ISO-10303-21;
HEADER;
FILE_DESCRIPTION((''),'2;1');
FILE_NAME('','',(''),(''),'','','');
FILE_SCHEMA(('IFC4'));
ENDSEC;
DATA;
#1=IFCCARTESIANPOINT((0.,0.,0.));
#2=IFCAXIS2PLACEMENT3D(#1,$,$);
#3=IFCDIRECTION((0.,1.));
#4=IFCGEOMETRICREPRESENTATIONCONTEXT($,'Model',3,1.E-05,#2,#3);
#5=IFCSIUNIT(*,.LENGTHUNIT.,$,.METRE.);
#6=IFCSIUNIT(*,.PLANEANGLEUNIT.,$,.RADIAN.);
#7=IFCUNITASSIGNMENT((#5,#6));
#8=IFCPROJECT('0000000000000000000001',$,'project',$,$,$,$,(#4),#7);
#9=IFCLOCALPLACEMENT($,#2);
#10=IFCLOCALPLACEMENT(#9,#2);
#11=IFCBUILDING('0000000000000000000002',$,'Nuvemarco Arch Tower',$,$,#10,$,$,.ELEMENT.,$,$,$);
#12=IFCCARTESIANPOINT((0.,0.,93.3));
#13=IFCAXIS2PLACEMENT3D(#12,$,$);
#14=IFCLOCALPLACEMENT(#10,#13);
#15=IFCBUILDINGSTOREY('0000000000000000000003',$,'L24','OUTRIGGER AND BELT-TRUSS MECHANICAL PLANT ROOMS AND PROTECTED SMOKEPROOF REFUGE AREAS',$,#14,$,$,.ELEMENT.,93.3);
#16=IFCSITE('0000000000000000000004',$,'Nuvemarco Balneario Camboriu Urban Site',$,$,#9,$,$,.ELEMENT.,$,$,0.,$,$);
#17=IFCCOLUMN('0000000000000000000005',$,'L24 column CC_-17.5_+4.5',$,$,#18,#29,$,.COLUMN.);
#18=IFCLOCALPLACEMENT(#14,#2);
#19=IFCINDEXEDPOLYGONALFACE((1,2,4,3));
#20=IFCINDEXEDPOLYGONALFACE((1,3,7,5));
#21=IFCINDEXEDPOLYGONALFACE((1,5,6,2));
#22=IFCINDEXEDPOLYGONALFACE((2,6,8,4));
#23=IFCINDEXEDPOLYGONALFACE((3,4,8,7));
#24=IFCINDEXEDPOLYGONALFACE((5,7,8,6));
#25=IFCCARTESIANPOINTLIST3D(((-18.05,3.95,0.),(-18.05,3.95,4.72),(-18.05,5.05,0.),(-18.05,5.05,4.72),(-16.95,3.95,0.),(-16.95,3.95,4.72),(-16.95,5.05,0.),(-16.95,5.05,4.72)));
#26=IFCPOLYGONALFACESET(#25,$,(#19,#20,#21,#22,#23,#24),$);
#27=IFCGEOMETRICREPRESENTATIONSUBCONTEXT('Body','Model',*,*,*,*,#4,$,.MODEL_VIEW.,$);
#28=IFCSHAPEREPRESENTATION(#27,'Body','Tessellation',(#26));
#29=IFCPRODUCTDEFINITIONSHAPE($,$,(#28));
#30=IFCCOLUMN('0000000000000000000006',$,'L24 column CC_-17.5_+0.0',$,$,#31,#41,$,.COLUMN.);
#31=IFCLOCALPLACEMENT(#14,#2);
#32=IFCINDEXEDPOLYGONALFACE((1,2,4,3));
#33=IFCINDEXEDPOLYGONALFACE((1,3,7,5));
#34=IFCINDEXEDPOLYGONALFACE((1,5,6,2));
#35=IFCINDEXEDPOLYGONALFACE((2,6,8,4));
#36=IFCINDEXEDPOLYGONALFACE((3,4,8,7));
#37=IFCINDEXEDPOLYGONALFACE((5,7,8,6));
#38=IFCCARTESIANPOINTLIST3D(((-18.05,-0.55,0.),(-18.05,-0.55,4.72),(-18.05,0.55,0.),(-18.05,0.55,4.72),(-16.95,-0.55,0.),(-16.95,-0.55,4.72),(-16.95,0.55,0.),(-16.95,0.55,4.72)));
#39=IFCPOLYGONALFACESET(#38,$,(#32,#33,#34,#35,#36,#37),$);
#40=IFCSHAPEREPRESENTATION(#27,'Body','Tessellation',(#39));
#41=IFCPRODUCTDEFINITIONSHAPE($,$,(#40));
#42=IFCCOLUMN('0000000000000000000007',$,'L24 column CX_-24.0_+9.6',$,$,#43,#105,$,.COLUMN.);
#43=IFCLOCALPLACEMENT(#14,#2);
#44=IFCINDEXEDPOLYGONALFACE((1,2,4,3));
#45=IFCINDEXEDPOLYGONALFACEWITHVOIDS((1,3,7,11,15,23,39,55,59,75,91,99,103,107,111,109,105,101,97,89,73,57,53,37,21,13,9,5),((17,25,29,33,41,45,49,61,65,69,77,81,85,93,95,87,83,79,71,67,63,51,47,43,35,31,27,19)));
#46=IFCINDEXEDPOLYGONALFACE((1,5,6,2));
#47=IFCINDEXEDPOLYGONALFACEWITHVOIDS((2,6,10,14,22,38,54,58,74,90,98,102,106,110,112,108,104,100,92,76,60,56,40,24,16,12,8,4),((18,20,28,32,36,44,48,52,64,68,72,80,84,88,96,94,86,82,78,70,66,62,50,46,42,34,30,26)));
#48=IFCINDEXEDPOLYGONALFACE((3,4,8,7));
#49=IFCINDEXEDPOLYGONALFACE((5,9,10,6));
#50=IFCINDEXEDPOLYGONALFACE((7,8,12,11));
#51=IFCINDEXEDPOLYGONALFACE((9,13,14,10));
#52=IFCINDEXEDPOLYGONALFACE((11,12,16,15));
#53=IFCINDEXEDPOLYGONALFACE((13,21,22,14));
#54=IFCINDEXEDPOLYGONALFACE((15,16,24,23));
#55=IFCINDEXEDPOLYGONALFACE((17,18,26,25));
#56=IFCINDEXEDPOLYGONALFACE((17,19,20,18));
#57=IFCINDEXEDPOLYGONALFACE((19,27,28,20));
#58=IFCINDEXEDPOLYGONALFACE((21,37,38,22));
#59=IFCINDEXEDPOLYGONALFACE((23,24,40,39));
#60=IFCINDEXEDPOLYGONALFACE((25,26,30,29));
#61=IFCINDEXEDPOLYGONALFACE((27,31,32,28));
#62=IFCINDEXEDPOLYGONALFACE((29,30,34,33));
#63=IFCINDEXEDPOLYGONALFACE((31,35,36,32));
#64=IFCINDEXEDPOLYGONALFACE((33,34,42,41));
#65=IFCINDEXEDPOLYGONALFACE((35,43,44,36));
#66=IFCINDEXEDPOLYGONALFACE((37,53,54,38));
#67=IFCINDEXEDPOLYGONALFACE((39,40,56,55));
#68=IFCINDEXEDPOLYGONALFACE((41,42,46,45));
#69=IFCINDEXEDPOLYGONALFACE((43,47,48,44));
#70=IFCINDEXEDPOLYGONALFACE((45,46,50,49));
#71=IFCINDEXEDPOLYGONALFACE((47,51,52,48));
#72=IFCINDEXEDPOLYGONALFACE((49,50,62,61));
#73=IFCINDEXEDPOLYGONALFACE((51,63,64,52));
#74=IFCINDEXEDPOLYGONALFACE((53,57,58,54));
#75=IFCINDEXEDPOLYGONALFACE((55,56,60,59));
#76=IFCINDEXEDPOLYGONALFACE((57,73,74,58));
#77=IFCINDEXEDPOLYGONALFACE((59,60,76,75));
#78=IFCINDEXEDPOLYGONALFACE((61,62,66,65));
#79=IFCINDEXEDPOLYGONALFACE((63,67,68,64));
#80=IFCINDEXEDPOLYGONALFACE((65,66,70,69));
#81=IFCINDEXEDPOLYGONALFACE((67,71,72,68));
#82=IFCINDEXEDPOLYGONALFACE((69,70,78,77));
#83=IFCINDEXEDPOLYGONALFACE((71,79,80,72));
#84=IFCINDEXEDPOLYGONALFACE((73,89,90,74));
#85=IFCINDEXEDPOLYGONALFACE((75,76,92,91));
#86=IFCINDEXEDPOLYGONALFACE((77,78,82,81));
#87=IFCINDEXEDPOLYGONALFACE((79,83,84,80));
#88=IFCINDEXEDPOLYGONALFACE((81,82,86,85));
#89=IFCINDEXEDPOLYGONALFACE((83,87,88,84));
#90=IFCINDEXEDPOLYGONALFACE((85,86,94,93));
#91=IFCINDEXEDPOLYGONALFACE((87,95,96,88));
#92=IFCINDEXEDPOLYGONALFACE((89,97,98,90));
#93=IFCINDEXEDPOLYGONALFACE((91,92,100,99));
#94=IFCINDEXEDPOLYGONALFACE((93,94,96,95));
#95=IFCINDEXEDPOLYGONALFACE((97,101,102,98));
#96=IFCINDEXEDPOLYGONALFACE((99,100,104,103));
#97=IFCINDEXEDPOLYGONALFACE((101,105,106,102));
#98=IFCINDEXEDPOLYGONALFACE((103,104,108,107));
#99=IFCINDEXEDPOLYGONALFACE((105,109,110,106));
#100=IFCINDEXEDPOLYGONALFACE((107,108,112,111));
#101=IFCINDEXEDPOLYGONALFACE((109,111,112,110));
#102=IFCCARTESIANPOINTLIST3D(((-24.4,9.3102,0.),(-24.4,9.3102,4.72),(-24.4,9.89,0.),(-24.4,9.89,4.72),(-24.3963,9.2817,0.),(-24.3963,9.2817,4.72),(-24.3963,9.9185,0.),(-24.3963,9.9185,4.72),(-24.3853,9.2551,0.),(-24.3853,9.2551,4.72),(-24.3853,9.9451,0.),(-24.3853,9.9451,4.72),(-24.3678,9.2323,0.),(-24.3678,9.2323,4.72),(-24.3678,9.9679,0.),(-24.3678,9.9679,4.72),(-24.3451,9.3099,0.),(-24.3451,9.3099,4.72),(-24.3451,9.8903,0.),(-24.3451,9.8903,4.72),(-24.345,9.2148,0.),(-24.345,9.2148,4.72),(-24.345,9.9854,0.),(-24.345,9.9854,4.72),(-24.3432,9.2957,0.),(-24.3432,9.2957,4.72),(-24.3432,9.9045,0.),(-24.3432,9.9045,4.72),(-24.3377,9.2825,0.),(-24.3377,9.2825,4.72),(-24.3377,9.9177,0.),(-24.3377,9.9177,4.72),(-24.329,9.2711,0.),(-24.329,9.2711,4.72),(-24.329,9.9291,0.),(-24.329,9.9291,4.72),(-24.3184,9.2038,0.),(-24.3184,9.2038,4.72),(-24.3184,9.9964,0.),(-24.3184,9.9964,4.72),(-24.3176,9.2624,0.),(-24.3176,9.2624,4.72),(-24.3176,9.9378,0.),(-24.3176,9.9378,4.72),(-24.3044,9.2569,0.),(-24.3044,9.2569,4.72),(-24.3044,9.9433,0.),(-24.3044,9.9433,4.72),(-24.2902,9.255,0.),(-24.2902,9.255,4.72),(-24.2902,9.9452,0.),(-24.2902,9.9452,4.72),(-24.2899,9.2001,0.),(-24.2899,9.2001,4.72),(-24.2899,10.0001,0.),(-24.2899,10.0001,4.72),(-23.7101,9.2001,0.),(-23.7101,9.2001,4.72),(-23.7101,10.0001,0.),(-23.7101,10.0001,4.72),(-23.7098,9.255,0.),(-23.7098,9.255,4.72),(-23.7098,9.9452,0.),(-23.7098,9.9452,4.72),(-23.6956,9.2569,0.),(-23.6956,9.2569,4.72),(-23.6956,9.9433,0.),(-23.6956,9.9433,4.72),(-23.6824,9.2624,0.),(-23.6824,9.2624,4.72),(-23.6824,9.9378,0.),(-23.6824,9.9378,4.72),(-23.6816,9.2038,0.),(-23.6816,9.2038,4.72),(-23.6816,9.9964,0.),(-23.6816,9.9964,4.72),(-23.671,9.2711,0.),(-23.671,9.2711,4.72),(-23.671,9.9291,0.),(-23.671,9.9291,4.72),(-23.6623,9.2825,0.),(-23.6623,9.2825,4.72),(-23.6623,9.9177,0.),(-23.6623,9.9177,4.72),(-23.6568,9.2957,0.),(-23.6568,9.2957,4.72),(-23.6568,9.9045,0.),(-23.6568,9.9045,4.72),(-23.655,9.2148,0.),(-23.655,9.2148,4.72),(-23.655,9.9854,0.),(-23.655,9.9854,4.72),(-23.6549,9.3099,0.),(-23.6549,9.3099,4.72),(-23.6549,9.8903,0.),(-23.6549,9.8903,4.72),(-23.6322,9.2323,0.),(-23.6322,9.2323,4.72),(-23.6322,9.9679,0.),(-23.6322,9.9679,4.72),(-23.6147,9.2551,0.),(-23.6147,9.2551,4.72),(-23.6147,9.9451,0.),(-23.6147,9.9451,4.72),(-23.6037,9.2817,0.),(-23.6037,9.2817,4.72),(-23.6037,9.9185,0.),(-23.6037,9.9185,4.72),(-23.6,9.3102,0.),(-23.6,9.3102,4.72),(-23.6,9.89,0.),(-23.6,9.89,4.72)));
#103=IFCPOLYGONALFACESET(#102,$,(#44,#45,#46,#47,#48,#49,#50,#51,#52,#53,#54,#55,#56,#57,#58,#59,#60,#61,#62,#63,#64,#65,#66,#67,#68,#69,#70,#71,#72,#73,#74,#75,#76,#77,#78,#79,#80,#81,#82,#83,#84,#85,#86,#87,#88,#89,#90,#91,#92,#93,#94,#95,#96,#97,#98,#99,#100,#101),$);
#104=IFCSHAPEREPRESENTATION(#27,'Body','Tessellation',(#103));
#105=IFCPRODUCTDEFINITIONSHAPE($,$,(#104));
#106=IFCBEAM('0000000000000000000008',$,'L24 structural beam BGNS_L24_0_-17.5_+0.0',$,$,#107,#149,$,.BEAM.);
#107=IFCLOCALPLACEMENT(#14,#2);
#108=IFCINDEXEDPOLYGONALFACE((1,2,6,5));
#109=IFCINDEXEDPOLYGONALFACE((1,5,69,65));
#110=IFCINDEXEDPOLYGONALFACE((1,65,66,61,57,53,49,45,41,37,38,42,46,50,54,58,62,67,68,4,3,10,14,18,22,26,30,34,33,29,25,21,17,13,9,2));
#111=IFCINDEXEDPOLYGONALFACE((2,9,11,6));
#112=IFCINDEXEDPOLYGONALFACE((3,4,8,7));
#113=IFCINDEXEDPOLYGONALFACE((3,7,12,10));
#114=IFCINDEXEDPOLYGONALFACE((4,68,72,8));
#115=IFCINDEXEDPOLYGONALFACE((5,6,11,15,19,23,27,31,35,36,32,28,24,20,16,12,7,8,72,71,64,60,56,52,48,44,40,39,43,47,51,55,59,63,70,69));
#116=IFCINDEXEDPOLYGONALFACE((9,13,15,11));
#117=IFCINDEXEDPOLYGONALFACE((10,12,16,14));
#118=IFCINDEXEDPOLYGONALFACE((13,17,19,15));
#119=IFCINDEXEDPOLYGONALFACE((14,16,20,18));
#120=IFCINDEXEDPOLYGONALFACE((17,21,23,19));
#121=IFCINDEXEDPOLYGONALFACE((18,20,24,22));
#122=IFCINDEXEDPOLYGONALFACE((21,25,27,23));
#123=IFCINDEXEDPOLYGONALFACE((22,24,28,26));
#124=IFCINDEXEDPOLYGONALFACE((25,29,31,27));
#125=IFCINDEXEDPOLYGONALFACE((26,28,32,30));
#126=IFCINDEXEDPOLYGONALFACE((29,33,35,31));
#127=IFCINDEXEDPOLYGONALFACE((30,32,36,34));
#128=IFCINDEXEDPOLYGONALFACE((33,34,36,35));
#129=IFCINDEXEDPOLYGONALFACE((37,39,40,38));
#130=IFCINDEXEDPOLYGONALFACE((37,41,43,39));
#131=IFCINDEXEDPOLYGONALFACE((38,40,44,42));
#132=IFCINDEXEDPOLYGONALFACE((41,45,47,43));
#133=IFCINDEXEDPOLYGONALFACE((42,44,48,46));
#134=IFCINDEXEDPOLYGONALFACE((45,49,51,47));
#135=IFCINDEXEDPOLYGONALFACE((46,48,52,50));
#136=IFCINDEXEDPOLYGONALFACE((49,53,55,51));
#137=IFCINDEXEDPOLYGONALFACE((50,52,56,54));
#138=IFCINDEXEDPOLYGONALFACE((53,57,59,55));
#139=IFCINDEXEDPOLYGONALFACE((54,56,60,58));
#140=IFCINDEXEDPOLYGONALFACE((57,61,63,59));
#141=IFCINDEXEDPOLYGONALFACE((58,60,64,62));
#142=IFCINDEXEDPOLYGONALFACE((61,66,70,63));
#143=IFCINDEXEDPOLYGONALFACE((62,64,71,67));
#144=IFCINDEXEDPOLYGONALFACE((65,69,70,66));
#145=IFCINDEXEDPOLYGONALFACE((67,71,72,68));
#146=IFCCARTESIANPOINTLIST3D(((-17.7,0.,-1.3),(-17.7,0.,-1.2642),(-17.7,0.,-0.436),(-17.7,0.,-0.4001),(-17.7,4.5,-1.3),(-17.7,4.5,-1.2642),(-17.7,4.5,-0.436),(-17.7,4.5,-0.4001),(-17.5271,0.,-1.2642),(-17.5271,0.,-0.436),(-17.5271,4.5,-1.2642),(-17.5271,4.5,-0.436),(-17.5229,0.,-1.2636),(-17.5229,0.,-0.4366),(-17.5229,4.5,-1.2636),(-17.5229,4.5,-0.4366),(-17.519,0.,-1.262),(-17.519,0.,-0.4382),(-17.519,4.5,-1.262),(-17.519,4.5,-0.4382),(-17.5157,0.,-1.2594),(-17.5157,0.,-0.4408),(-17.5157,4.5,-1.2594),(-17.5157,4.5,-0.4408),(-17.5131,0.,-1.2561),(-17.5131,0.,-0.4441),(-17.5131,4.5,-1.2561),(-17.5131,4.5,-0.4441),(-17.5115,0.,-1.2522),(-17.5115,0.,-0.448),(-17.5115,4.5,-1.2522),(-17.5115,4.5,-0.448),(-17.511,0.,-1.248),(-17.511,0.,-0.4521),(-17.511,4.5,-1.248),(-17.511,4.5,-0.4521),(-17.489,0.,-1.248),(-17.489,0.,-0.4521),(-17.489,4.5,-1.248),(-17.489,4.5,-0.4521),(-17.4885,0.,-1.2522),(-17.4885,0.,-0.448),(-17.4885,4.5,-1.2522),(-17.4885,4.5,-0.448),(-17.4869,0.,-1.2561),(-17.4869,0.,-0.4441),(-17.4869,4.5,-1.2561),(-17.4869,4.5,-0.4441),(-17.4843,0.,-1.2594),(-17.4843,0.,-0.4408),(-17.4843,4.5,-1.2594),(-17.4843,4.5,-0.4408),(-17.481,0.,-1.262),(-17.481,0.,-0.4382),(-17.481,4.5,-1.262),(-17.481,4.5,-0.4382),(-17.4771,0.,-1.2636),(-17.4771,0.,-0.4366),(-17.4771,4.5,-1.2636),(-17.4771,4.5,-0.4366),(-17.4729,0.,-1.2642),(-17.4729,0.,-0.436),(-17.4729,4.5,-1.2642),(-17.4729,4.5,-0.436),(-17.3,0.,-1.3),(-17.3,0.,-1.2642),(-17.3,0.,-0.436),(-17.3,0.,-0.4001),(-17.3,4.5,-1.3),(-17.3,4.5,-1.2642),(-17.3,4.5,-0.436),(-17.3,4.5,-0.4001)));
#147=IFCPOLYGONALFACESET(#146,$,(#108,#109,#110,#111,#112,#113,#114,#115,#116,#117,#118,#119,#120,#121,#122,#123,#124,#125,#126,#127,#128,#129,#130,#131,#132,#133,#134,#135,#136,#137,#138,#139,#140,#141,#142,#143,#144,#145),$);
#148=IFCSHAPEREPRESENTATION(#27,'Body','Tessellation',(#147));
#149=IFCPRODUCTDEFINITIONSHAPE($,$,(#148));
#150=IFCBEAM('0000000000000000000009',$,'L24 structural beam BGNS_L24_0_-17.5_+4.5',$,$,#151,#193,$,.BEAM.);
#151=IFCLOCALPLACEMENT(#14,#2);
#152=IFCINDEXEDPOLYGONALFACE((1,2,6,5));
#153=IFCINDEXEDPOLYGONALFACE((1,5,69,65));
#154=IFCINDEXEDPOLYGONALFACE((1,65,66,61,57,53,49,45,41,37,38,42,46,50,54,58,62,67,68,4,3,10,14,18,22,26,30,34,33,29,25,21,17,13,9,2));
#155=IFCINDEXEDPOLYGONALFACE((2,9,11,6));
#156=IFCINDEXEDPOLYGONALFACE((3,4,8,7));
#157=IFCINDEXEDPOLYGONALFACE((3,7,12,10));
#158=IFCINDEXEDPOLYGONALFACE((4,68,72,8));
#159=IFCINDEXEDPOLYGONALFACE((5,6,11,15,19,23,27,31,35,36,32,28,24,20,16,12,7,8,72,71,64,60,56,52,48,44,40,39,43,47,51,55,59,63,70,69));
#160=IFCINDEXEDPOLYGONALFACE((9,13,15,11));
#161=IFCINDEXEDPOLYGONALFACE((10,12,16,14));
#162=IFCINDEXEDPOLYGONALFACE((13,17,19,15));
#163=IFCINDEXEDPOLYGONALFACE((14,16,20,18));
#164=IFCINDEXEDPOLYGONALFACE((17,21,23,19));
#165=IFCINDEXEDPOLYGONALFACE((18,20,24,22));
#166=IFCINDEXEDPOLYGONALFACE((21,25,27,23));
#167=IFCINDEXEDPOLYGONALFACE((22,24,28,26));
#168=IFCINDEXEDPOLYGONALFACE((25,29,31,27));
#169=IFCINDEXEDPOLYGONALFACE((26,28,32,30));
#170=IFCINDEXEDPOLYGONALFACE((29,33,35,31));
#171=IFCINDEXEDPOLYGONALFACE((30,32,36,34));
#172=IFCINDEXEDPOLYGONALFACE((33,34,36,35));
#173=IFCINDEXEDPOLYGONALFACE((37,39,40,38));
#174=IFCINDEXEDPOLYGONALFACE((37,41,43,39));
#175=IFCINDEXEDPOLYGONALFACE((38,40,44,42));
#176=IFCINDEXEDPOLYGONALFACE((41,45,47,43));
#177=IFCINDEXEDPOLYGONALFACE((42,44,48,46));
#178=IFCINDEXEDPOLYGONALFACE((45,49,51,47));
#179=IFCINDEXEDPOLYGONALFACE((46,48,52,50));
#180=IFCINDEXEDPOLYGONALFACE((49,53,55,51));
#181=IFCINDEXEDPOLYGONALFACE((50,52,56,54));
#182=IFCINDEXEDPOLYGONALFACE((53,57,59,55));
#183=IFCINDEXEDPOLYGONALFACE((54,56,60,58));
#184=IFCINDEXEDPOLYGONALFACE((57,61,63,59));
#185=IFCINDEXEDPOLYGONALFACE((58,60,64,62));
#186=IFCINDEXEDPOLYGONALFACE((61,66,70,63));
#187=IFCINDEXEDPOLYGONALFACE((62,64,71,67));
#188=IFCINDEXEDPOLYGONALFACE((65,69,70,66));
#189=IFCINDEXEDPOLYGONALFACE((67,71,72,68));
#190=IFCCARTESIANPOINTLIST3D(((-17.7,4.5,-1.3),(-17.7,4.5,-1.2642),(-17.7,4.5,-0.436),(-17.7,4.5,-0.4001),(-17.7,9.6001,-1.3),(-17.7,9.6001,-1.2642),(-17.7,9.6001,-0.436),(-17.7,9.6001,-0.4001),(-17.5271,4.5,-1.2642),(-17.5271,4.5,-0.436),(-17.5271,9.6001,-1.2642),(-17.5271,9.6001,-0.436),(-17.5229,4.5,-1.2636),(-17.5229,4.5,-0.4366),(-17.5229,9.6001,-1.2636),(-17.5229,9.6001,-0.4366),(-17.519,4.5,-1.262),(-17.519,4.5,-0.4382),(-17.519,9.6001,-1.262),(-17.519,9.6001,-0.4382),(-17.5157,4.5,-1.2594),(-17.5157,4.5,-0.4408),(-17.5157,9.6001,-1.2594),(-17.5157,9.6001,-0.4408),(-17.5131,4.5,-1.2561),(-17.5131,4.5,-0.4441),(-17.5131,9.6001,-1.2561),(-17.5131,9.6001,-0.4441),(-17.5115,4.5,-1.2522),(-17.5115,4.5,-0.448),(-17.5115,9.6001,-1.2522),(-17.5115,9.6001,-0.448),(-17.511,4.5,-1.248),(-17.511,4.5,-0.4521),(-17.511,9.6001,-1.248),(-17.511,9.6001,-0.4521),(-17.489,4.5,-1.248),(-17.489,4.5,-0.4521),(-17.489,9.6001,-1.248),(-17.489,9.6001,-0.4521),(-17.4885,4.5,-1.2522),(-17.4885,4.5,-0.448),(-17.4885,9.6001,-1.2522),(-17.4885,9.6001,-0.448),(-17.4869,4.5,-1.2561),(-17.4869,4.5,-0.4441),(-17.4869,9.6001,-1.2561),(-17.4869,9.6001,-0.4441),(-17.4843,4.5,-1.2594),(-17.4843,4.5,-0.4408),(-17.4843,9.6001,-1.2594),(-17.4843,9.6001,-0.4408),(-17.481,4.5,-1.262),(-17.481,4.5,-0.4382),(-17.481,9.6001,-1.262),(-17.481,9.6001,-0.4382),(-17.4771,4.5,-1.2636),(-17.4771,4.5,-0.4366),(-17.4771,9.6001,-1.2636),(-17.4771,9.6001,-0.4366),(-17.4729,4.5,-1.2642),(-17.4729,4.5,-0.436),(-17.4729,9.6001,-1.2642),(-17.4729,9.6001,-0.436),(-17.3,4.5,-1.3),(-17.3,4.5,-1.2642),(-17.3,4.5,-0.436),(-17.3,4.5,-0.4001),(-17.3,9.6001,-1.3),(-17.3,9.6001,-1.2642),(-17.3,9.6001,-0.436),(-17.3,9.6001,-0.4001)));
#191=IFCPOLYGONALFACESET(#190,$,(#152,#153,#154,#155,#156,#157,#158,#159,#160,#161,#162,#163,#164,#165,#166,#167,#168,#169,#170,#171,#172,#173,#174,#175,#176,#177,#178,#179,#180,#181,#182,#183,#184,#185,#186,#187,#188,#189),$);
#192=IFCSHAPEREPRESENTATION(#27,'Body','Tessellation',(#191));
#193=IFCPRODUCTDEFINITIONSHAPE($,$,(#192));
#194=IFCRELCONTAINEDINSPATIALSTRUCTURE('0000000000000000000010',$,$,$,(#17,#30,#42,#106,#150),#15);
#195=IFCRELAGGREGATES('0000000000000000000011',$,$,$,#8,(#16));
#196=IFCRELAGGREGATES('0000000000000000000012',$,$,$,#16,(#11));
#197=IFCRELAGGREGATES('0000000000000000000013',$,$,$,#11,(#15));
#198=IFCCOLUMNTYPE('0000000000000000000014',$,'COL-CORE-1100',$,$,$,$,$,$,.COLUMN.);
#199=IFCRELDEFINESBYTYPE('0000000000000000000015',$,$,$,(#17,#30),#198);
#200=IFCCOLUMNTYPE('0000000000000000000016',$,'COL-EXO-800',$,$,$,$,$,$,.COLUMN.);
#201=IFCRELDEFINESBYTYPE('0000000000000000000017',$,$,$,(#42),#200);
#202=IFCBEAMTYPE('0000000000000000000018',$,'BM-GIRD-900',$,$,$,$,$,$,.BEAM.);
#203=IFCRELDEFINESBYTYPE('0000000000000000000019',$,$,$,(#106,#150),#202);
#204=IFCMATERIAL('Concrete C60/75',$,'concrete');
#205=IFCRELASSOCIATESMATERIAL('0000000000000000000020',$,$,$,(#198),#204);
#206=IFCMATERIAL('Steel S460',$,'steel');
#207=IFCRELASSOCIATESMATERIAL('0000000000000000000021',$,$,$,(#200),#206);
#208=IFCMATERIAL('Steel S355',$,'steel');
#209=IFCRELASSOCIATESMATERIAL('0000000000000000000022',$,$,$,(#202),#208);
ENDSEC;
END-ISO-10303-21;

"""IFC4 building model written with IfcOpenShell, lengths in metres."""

from ifc_helpers import new_model, si_unit, direction, frame, origin, origin_2d, place, context, subcontext, project, spatial, rectangle, hollow_rectangle, i_section, extrude, material, material_profile, profile_set, type_object, element, save


model = new_model("IFC4")

# Units and contexts
model_context = context("Model", 3, precision=1e-05, world=origin(), true_north=direction((0.0, 1.0)))
body_context = subcontext(model_context, "Body", "Model", "MODEL_VIEW")
ifc_project = project(units=[si_unit("LENGTHUNIT", "METRE"), si_unit("PLANEANGLEUNIT", "RADIAN")], contexts=[model_context])

# Site, building, storey
site_placement = place(None, origin())
site = spatial("IfcSite", under=ifc_project, at=site_placement, Name="Nuvemarco Balneario Camboriu Urban Site", CompositionType="ELEMENT", RefElevation=0.0)
building_placement = place(site_placement, origin())
building = spatial("IfcBuilding", under=site, at=building_placement, Name="Nuvemarco Arch Tower", CompositionType="ELEMENT")
storey_placement = place(building_placement, frame((0.0, 0.0, 93.3)))
storey = spatial("IfcBuildingStorey", under=building, at=storey_placement, Name="L24", Description="OUTRIGGER AND BELT-TRUSS MECHANICAL PLANT ROOMS AND PROTECTED SMOKEPROOF REFUGE AREAS", CompositionType="ELEMENT", Elevation=93.3)

# Columns
ifc_material_1 = material(Name="Concrete C60/75", Category="concrete")
ifc_material_profile_1 = material_profile(ifc_material_1, rectangle(XDim=1.1001, YDim=1.1001, at=origin_2d()), Name="RC-COL-1100x1100")
ifc_profile_set_1 = profile_set([ifc_material_profile_1], Name="Concrete C60/75")
column_type_1 = type_object("IfcColumnType", Name="COL-CORE-1100", PredefinedType="COLUMN", material=ifc_profile_set_1)
for number, where, z_axis, x_axis, name in (
    (1, (-17.5, 4.5, 0.0), (0.0, 0.0, 1.0), (1.0, 0.0, 0.0), "L24 column CC_-17.5_+4.5"),
    (2, (-17.5, 0.0, 0.0), (0.0, 0.0, 1.0), (1.0, 0.0, 0.0), "L24 column CC_-17.5_+0.0"),
):
    element("IfcColumn", number, at=place(storey_placement, frame(where, z_axis=z_axis, x_axis=x_axis)), inside=storey, type_object=column_type_1, Name=name, PredefinedType="COLUMN", context=body_context, shape_type="SweptSolid", body=[
        extrude(rectangle(XDim=1.1001, YDim=1.1001, at=origin_2d()), origin(), (0.0, 0.0, 1.0), 4.72),
    ])
ifc_material_2 = material(Name="Steel S460", Category="steel")
ifc_material_profile_2 = material_profile(ifc_material_2, hollow_rectangle(XDim=0.8, YDim=0.8, WallThickness=0.0549, InnerFilletRadius=0.0549, OuterFilletRadius=0.1101, at=origin_2d()), Name="SHS800x800x55")
ifc_profile_set_2 = profile_set([ifc_material_profile_2], Name="Steel S460")
column_type_2 = type_object("IfcColumnType", Name="COL-EXO-800", PredefinedType="COLUMN", material=ifc_profile_set_2)
column_placement = place(storey_placement, frame((-24.0, 9.6001, 0.0), z_axis=(0.0, 0.0, 1.0), x_axis=(1.0, 0.0, 0.0)))
element("IfcColumn", 3, at=column_placement, inside=storey, type_object=column_type_2, Name="L24 column CX_-24.0_+9.6", PredefinedType="COLUMN", context=body_context, shape_type="SweptSolid", body=[
    extrude(hollow_rectangle(XDim=0.8, YDim=0.8, WallThickness=0.0549, InnerFilletRadius=0.0549, OuterFilletRadius=0.1101, at=origin_2d()), origin(), (0.0, 0.0, 1.0), 4.72),
])

# Beams
ifc_material_3 = material(Name="Steel S355", Category="steel")
ifc_material_profile_3 = material_profile(ifc_material_3, i_section(OverallWidth=0.3999, OverallDepth=0.8999, WebThickness=0.022, FlangeThickness=0.0359, FilletRadius=0.0161, at=origin_2d()), Name="PG900x400")
ifc_profile_set_3 = profile_set([ifc_material_profile_3], Name="Steel S355")
beam_type_1 = type_object("IfcBeamType", Name="BM-GIRD-900", PredefinedType="BEAM", material=ifc_profile_set_3)
beam_1_placement = place(storey_placement, frame((-17.5, 0.0, -0.8501), z_axis=(0.0, 1.0, 0.0), x_axis=(-1.0, 0.0, 0.0)))
element("IfcBeam", 4, at=beam_1_placement, inside=storey, type_object=beam_type_1, Name="L24 structural beam BGNS_L24_0_-17.5_+0.0", PredefinedType="BEAM", context=body_context, shape_type="SweptSolid", body=[
    extrude(i_section(OverallWidth=0.3999, OverallDepth=0.8999, WebThickness=0.022, FlangeThickness=0.0359, FilletRadius=0.0161, at=origin_2d()), origin(), (0.0, 0.0, 1.0), 4.5),
])
beam_2_placement = place(storey_placement, frame((-17.5, 4.5, -0.8501), z_axis=(0.0, 1.0, 0.0), x_axis=(-1.0, 0.0, 0.0)))
element("IfcBeam", 5, at=beam_2_placement, inside=storey, type_object=beam_type_1, Name="L24 structural beam BGNS_L24_0_-17.5_+4.5", PredefinedType="BEAM", context=body_context, shape_type="SweptSolid", body=[
    extrude(i_section(OverallWidth=0.3999, OverallDepth=0.8999, WebThickness=0.022, FlangeThickness=0.0359, FilletRadius=0.0161, at=origin_2d()), origin(), (0.0, 0.0, 1.0), 5.1001),
])

save(model, "model.ifc")
